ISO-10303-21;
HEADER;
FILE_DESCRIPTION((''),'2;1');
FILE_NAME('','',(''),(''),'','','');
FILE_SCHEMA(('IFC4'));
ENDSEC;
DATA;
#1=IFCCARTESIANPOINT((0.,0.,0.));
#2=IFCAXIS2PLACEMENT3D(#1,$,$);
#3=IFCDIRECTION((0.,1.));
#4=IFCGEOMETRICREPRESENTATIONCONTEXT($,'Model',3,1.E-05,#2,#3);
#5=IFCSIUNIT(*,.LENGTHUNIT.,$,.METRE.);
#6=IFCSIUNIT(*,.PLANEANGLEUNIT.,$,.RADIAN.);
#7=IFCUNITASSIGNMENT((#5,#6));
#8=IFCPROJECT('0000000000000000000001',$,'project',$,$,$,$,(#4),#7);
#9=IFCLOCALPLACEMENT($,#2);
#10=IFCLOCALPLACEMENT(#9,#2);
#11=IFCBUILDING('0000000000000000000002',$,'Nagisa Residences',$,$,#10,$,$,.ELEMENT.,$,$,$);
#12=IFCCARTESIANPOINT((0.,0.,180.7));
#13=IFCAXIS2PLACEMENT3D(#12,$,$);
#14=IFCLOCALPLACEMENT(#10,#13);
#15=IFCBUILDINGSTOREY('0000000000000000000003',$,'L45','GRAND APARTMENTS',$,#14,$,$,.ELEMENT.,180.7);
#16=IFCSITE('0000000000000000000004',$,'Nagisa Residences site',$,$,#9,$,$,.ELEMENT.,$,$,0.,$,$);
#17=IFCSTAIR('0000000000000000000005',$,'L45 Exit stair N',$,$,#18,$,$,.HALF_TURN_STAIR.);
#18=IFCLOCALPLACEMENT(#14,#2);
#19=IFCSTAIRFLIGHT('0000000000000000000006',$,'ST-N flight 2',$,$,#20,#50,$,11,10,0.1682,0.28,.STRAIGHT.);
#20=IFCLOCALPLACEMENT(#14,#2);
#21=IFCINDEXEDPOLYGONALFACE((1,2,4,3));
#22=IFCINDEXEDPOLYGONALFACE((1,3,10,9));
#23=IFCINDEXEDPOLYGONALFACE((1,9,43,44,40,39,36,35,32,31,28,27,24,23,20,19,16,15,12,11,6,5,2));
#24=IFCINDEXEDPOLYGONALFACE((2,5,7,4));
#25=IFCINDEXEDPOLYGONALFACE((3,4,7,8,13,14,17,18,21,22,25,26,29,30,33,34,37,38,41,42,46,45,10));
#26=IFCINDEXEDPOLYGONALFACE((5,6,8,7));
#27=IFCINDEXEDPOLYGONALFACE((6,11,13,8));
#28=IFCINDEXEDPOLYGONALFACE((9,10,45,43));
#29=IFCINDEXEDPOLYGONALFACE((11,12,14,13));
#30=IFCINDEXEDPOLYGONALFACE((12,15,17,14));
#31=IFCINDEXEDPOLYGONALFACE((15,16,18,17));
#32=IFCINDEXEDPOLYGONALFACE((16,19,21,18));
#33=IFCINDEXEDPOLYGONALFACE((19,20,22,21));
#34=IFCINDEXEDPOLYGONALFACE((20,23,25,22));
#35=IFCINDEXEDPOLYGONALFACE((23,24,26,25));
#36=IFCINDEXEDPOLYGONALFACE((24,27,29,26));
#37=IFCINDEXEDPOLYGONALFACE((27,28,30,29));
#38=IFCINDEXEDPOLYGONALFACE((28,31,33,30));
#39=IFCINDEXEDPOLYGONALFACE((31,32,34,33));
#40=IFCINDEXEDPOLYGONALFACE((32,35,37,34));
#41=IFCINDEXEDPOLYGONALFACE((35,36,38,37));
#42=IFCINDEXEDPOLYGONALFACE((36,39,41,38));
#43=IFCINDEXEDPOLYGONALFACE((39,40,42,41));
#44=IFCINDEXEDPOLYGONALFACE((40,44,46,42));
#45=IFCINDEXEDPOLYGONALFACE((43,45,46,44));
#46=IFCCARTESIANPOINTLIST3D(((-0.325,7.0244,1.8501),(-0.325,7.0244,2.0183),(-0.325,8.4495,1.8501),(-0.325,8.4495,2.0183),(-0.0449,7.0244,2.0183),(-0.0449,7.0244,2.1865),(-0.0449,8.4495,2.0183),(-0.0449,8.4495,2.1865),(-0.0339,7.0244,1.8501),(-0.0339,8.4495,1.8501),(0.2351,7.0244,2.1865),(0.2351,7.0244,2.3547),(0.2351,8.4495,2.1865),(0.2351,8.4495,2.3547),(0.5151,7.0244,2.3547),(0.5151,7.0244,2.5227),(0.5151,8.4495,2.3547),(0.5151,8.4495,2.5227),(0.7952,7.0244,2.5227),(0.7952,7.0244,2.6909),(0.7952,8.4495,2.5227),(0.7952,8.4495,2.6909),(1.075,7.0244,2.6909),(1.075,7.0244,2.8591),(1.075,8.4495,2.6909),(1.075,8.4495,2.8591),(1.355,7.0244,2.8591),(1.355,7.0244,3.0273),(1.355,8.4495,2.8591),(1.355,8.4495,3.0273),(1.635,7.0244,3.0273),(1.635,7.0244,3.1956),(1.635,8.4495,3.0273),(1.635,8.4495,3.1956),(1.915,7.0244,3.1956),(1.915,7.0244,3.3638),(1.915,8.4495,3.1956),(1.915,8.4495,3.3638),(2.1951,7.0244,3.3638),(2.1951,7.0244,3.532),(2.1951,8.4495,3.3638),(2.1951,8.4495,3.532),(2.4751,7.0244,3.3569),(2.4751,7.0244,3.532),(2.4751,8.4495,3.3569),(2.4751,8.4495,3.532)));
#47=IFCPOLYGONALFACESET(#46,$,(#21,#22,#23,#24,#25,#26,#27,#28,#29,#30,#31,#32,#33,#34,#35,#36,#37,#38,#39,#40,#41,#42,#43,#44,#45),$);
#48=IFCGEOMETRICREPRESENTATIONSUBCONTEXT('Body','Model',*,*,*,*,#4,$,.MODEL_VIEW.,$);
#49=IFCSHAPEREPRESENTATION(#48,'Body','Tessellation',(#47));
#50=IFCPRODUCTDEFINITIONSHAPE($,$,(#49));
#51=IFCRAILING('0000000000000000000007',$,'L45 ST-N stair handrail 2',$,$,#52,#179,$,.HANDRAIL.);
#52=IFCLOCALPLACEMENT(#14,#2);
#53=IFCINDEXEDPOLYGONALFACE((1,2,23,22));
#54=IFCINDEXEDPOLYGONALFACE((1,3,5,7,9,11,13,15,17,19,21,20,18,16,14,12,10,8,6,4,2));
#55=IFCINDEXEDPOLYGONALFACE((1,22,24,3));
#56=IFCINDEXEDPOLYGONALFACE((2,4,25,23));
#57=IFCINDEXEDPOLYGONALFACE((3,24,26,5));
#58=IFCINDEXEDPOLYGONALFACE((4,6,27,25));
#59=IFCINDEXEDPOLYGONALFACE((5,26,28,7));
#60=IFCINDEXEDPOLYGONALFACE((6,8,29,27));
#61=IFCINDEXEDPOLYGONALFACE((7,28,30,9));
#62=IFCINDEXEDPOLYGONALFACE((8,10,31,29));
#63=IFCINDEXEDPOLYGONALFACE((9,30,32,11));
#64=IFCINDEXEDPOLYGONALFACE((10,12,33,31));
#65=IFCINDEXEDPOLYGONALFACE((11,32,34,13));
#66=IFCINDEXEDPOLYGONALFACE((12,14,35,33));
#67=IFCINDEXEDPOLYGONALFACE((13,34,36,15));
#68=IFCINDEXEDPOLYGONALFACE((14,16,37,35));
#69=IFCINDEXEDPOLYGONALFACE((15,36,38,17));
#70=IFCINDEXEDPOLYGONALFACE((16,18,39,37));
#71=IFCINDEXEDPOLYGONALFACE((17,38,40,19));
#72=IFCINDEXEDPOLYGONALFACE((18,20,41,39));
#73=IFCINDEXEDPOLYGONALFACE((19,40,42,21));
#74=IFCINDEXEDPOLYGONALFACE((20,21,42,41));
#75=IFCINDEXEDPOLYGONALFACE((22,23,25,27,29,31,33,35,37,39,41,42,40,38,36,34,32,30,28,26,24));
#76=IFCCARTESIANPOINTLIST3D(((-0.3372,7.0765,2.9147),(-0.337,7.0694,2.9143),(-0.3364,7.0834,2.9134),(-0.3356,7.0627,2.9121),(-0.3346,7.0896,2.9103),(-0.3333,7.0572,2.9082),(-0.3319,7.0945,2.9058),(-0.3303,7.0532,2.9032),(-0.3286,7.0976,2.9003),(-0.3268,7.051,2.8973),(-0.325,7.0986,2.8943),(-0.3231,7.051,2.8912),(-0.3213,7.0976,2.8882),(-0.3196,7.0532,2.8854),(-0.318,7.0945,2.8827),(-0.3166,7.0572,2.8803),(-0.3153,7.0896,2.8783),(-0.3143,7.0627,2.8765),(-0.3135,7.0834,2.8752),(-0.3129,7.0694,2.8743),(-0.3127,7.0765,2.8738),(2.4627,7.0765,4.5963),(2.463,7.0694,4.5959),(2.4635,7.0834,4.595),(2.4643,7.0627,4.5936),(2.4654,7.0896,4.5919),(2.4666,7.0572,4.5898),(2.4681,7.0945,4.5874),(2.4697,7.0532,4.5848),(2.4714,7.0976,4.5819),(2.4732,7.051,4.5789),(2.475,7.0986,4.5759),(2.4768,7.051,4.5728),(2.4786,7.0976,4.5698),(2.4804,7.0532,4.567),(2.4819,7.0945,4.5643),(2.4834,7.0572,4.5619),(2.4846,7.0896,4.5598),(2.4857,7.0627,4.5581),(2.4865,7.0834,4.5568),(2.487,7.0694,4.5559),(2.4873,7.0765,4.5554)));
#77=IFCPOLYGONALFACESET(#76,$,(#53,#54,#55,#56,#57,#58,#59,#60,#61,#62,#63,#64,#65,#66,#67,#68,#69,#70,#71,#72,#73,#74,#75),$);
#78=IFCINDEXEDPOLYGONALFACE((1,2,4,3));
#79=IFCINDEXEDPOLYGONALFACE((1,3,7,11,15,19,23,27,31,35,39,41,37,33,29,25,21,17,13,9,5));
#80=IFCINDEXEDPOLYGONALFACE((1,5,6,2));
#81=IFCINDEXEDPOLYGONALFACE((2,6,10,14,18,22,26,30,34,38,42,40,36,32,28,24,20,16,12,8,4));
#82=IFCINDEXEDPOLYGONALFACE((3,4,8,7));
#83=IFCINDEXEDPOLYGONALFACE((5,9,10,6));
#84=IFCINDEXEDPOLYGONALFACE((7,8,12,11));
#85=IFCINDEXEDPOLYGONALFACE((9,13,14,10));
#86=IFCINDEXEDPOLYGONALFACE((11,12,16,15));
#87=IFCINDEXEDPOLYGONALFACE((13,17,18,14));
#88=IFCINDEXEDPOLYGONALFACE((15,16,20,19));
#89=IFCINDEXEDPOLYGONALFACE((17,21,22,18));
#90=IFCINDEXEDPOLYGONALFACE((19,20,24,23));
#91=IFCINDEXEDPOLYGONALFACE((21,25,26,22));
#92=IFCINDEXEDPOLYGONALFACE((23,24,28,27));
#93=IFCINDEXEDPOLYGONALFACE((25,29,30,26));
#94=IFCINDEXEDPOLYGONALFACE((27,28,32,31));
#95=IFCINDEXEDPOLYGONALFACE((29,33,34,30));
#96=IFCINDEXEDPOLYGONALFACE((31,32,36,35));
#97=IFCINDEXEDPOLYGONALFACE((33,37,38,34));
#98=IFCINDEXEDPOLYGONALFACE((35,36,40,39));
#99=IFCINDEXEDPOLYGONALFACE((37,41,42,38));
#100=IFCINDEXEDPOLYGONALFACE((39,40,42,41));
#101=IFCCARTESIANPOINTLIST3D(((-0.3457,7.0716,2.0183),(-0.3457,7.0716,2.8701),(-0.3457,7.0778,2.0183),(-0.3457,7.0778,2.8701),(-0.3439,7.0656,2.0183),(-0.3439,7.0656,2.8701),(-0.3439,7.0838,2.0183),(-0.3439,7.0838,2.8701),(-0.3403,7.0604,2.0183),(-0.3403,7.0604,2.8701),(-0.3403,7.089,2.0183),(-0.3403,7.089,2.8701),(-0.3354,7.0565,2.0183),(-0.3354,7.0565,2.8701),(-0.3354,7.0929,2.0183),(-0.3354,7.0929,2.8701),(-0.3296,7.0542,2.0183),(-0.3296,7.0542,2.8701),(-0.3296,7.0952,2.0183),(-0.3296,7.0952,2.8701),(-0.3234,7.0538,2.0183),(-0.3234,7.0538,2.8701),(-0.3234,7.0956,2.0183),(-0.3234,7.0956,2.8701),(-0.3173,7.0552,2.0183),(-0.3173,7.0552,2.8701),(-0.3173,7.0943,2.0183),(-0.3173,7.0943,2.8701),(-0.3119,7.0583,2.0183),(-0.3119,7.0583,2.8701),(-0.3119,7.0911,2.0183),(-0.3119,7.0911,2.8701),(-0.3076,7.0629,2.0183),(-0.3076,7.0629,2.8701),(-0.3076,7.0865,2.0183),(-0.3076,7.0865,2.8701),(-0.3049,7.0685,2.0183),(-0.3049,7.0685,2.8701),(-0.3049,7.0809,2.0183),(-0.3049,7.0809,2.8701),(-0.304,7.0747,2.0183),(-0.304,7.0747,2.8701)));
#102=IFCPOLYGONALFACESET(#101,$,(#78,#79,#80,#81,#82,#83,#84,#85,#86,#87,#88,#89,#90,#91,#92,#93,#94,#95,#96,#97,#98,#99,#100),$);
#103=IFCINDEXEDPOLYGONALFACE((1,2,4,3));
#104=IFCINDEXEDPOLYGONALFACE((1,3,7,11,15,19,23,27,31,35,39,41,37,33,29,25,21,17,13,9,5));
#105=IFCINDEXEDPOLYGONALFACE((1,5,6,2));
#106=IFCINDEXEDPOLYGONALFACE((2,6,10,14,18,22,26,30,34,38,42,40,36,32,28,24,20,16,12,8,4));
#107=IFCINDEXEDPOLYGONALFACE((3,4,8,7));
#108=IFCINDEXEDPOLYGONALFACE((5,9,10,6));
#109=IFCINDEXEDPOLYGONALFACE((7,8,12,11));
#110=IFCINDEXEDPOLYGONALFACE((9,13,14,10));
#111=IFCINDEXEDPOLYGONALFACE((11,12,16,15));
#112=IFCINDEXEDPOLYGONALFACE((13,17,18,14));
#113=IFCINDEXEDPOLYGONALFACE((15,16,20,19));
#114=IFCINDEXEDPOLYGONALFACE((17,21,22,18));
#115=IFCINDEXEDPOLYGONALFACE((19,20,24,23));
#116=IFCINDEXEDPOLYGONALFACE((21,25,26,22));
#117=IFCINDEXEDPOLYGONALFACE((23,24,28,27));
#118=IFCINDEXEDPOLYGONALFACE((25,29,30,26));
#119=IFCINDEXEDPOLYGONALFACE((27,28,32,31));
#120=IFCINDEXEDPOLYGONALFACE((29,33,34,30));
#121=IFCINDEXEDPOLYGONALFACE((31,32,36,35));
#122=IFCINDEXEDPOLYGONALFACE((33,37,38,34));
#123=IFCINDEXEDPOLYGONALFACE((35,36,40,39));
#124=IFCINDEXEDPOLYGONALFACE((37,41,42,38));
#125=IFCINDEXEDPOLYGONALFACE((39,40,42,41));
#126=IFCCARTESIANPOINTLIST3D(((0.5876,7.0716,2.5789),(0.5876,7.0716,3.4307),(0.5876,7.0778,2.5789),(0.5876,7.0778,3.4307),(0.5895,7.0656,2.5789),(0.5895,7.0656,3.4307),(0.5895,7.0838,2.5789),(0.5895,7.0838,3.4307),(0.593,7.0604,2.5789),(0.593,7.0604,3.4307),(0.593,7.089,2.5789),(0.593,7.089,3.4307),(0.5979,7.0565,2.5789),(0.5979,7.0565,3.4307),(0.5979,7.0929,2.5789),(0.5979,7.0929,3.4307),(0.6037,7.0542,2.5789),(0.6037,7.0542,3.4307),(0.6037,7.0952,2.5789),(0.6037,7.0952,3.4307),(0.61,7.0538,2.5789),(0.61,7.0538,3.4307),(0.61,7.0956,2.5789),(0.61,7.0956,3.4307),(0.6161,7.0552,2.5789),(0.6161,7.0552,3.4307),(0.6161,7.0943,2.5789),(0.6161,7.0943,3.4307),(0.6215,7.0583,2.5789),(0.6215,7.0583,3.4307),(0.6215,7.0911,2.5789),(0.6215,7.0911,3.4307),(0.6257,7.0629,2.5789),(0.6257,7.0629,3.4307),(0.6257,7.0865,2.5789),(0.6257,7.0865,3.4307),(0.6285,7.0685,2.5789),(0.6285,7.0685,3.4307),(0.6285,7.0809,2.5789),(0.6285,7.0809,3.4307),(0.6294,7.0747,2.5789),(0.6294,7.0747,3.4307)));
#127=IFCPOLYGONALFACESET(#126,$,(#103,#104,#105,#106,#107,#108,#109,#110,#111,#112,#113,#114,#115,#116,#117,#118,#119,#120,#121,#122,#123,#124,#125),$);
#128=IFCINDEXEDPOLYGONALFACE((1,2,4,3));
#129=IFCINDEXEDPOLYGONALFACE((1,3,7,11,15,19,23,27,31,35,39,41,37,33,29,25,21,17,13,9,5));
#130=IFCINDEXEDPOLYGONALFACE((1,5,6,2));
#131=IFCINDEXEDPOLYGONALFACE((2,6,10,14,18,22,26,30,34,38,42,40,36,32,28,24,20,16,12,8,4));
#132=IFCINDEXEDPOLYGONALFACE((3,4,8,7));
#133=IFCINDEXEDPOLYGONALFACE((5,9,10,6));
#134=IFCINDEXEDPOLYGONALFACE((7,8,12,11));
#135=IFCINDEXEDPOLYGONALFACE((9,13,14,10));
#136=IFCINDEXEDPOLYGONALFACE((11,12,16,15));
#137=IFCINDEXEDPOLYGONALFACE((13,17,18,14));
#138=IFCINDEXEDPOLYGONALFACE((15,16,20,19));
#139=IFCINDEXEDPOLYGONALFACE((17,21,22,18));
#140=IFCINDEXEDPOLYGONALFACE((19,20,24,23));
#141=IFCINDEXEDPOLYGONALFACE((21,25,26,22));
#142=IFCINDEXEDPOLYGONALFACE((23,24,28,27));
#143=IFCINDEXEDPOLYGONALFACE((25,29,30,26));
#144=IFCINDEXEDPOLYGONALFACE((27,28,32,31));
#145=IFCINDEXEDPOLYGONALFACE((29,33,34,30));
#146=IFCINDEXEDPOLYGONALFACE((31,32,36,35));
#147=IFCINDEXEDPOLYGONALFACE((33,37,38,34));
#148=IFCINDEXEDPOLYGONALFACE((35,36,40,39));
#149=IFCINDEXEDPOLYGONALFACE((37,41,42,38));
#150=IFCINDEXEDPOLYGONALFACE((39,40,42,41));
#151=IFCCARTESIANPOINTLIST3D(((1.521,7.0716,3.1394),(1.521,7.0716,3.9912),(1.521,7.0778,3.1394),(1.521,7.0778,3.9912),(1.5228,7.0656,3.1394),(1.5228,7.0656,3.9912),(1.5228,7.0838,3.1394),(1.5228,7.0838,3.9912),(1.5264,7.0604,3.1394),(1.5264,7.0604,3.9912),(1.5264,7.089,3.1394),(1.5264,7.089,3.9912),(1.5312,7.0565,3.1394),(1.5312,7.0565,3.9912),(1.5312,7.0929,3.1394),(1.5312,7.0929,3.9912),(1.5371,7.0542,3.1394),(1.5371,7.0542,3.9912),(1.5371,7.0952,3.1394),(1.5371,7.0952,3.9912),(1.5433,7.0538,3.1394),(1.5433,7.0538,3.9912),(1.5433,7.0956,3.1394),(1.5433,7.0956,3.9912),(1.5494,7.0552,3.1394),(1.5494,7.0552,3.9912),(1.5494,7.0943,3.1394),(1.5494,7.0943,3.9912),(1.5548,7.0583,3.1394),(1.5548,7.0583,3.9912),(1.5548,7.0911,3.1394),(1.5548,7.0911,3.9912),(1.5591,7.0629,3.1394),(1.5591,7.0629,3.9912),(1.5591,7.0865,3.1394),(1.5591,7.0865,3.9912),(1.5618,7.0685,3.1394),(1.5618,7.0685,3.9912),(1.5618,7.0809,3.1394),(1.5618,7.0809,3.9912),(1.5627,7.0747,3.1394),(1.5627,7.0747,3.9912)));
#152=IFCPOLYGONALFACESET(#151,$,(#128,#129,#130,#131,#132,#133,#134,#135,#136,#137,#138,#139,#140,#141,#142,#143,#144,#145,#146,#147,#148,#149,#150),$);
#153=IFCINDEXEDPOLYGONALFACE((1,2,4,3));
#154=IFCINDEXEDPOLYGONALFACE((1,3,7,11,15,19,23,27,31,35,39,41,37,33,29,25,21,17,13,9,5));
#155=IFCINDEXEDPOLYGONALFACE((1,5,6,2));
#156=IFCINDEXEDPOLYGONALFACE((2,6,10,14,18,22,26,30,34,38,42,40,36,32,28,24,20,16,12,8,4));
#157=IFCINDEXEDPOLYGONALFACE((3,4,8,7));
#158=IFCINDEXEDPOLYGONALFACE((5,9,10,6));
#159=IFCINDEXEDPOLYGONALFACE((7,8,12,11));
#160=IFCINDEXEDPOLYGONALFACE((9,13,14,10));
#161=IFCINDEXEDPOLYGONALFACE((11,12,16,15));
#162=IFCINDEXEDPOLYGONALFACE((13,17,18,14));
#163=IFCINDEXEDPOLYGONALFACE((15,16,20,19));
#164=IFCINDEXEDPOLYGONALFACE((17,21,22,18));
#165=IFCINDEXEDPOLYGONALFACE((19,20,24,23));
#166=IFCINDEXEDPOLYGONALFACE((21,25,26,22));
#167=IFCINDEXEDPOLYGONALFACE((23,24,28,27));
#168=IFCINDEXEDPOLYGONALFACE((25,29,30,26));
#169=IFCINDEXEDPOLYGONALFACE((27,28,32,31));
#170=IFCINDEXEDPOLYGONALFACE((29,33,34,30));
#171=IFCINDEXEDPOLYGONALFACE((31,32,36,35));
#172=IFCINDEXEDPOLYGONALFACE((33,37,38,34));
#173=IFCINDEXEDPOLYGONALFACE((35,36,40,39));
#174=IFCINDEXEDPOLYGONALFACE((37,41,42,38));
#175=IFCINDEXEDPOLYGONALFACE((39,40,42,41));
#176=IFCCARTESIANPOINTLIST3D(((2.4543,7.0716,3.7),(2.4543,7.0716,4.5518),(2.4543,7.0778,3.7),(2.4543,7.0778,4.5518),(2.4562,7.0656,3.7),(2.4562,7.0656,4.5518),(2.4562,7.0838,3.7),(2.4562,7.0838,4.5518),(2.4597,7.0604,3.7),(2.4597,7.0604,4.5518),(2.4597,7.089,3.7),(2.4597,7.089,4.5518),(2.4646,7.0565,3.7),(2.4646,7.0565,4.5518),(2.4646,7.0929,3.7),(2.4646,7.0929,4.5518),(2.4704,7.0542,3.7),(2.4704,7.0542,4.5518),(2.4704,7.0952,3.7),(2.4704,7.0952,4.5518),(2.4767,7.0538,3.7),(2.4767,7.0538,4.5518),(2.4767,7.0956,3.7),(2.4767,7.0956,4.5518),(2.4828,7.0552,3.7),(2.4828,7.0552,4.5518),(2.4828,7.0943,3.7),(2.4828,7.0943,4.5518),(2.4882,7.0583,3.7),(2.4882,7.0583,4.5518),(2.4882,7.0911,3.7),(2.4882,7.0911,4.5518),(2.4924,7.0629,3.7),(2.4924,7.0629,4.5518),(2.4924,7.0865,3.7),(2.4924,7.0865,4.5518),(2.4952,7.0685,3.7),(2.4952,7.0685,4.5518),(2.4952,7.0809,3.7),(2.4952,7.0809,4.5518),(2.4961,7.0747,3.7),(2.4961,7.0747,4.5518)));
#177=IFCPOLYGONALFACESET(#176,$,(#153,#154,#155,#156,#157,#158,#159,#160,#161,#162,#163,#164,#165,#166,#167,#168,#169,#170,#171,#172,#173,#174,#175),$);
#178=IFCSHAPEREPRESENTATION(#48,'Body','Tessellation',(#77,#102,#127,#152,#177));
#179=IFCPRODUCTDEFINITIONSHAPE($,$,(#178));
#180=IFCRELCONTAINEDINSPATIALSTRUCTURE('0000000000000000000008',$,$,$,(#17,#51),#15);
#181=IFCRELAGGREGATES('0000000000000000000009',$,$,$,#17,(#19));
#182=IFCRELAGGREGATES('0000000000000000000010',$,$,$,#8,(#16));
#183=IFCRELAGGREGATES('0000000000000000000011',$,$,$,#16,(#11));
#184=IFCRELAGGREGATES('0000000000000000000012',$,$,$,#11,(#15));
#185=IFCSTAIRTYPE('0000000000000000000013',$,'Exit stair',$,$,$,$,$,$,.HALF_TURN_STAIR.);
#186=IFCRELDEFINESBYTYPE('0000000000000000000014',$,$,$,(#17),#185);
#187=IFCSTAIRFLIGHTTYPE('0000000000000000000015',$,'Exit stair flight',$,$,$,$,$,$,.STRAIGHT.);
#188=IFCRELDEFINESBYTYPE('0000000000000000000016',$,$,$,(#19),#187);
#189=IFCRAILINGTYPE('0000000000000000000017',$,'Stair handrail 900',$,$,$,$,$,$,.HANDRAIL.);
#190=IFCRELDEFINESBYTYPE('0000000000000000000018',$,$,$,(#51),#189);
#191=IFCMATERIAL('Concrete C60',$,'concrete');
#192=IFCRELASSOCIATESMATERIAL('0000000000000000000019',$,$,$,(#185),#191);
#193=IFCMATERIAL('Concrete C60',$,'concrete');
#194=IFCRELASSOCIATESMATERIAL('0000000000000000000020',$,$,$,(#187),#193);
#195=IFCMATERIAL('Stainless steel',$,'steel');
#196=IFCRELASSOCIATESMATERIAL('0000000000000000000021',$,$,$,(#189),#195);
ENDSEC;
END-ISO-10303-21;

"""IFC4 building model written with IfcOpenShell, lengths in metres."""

from ifc_helpers import new_model, si_unit, direction, frame, origin, origin_2d, place, context, subcontext, project, spatial, polyline, circle, outline, extrude, material, type_object, element, aggregate, save


model = new_model("IFC4")

# Units and contexts
model_context = context("Model", 3, precision=1e-05, world=origin(), true_north=direction((0.0, 1.0)))
body_context = subcontext(model_context, "Body", "Model", "MODEL_VIEW")
ifc_project = project(units=[si_unit("LENGTHUNIT", "METRE"), si_unit("PLANEANGLEUNIT", "RADIAN")], contexts=[model_context])

# Site, building, storey
site_placement = place(None, origin())
site = spatial("IfcSite", under=ifc_project, at=site_placement, Name="Nagisa Residences site", CompositionType="ELEMENT", RefElevation=0.0)
building_placement = place(site_placement, origin())
building = spatial("IfcBuilding", under=site, at=building_placement, Name="Nagisa Residences", CompositionType="ELEMENT")
storey_placement = place(building_placement, frame((0.0, 0.0, 180.7)))
storey = spatial("IfcBuildingStorey", under=building, at=storey_placement, Name="L45", Description="GRAND APARTMENTS", CompositionType="ELEMENT", Elevation=180.7)

# Stair
ifc_material_1 = material(Name="Concrete C60", Category="concrete")
stair_type = type_object("IfcStairType", Name="Exit stair", PredefinedType="HALF_TURN_STAIR", material=ifc_material_1)
stair_1_placement = place(storey_placement, origin())
stair_1 = element("IfcStair", 1, at=stair_1_placement, inside=storey, type_object=stair_type, Name="L45 Exit stair N", PredefinedType="HALF_TURN_STAIR")

# Stair flight
ifc_material_2 = material(Name="Concrete C60", Category="concrete")
stair_flight_type = type_object("IfcStairFlightType", Name="Exit stair flight", PredefinedType="STRAIGHT", material=ifc_material_2)
stair_flight_placement = place(storey_placement, frame((-0.325, 7.7371, 1.8501), z_axis=(0.0, 0.0, 1.0), x_axis=(1.0, 0.0, 0.0)))
stair_flight = element("IfcStairFlight", 2, at=stair_flight_placement, type_object=stair_flight_type, Name="ST-N flight 2", NumberOfRisers=11, NumberOfTreads=10, PredefinedType="STRAIGHT", RiserHeight=0.1682, TreadLength=0.28, context=body_context, shape_type="SweptSolid", body=[
    extrude(outline(polyline([(0.0, 0.0), (0.0, 0.1682), (0.28, 0.1682), (0.28, 0.3364), (0.5601, 0.3364), (0.5601, 0.5046), (0.8401, 0.5046), (0.8401, 0.6726), (1.1201, 0.6726), (1.1201, 0.8408), (1.3999, 0.8408), (1.3999, 1.009), (1.6799, 1.009), (1.6799, 1.1772), (1.96, 1.1772), (1.96, 1.3455), (2.24, 1.3455), (2.24, 1.5137), (2.52, 1.5137), (2.52, 1.6819), (2.8, 1.6819), (2.8, 1.8501), (2.8, 1.5068), (0.291, 0.0), (0.0, 0.0)])), frame((0.0, 0.7124, 0.0), z_axis=(0.0, -1.0, 0.0), x_axis=(1.0, 0.0, 0.0)), (0.0, 0.0, 1.0), 1.425),
])
aggregate(stair_1, [stair_flight])

# Railing
ifc_material_3 = material(Name="Stainless steel", Category="steel")
railing_type = type_object("IfcRailingType", Name="Stair handrail 900", PredefinedType="HANDRAIL", material=ifc_material_3)
railing_placement = place(storey_placement, frame((-0.325, 7.0747, 2.0183)))
element("IfcRailing", 3, at=railing_placement, inside=storey, type_object=railing_type, Name="L45 ST-N stair handrail 2", PredefinedType="HANDRAIL", context=body_context, shape_type="SweptSolid", body=[
    extrude(circle(Radius=0.0239, at=origin_2d()), frame((0.0, 0.0, 0.876), z_axis=(0.857275, 0.0, 0.514858), x_axis=(0.0, 1.0, 0.0)), (0.0, 0.0, 1.0), 3.2661),
    extrude(circle(Radius=0.021, at=origin_2d()), origin(), (0.0, 0.0, 1.0), 0.8518),
    extrude(circle(Radius=0.021, at=origin_2d()), frame((0.9333, 0.0, 0.5605)), (0.0, 0.0, 1.0), 0.8518),
    extrude(circle(Radius=0.021, at=origin_2d()), frame((1.8667, 0.0, 1.1211)), (0.0, 0.0, 1.0), 0.8518),
    extrude(circle(Radius=0.021, at=origin_2d()), frame((2.8, 0.0, 1.6816)), (0.0, 0.0, 1.0), 0.8518),
])

save(model, "model.ifc")
